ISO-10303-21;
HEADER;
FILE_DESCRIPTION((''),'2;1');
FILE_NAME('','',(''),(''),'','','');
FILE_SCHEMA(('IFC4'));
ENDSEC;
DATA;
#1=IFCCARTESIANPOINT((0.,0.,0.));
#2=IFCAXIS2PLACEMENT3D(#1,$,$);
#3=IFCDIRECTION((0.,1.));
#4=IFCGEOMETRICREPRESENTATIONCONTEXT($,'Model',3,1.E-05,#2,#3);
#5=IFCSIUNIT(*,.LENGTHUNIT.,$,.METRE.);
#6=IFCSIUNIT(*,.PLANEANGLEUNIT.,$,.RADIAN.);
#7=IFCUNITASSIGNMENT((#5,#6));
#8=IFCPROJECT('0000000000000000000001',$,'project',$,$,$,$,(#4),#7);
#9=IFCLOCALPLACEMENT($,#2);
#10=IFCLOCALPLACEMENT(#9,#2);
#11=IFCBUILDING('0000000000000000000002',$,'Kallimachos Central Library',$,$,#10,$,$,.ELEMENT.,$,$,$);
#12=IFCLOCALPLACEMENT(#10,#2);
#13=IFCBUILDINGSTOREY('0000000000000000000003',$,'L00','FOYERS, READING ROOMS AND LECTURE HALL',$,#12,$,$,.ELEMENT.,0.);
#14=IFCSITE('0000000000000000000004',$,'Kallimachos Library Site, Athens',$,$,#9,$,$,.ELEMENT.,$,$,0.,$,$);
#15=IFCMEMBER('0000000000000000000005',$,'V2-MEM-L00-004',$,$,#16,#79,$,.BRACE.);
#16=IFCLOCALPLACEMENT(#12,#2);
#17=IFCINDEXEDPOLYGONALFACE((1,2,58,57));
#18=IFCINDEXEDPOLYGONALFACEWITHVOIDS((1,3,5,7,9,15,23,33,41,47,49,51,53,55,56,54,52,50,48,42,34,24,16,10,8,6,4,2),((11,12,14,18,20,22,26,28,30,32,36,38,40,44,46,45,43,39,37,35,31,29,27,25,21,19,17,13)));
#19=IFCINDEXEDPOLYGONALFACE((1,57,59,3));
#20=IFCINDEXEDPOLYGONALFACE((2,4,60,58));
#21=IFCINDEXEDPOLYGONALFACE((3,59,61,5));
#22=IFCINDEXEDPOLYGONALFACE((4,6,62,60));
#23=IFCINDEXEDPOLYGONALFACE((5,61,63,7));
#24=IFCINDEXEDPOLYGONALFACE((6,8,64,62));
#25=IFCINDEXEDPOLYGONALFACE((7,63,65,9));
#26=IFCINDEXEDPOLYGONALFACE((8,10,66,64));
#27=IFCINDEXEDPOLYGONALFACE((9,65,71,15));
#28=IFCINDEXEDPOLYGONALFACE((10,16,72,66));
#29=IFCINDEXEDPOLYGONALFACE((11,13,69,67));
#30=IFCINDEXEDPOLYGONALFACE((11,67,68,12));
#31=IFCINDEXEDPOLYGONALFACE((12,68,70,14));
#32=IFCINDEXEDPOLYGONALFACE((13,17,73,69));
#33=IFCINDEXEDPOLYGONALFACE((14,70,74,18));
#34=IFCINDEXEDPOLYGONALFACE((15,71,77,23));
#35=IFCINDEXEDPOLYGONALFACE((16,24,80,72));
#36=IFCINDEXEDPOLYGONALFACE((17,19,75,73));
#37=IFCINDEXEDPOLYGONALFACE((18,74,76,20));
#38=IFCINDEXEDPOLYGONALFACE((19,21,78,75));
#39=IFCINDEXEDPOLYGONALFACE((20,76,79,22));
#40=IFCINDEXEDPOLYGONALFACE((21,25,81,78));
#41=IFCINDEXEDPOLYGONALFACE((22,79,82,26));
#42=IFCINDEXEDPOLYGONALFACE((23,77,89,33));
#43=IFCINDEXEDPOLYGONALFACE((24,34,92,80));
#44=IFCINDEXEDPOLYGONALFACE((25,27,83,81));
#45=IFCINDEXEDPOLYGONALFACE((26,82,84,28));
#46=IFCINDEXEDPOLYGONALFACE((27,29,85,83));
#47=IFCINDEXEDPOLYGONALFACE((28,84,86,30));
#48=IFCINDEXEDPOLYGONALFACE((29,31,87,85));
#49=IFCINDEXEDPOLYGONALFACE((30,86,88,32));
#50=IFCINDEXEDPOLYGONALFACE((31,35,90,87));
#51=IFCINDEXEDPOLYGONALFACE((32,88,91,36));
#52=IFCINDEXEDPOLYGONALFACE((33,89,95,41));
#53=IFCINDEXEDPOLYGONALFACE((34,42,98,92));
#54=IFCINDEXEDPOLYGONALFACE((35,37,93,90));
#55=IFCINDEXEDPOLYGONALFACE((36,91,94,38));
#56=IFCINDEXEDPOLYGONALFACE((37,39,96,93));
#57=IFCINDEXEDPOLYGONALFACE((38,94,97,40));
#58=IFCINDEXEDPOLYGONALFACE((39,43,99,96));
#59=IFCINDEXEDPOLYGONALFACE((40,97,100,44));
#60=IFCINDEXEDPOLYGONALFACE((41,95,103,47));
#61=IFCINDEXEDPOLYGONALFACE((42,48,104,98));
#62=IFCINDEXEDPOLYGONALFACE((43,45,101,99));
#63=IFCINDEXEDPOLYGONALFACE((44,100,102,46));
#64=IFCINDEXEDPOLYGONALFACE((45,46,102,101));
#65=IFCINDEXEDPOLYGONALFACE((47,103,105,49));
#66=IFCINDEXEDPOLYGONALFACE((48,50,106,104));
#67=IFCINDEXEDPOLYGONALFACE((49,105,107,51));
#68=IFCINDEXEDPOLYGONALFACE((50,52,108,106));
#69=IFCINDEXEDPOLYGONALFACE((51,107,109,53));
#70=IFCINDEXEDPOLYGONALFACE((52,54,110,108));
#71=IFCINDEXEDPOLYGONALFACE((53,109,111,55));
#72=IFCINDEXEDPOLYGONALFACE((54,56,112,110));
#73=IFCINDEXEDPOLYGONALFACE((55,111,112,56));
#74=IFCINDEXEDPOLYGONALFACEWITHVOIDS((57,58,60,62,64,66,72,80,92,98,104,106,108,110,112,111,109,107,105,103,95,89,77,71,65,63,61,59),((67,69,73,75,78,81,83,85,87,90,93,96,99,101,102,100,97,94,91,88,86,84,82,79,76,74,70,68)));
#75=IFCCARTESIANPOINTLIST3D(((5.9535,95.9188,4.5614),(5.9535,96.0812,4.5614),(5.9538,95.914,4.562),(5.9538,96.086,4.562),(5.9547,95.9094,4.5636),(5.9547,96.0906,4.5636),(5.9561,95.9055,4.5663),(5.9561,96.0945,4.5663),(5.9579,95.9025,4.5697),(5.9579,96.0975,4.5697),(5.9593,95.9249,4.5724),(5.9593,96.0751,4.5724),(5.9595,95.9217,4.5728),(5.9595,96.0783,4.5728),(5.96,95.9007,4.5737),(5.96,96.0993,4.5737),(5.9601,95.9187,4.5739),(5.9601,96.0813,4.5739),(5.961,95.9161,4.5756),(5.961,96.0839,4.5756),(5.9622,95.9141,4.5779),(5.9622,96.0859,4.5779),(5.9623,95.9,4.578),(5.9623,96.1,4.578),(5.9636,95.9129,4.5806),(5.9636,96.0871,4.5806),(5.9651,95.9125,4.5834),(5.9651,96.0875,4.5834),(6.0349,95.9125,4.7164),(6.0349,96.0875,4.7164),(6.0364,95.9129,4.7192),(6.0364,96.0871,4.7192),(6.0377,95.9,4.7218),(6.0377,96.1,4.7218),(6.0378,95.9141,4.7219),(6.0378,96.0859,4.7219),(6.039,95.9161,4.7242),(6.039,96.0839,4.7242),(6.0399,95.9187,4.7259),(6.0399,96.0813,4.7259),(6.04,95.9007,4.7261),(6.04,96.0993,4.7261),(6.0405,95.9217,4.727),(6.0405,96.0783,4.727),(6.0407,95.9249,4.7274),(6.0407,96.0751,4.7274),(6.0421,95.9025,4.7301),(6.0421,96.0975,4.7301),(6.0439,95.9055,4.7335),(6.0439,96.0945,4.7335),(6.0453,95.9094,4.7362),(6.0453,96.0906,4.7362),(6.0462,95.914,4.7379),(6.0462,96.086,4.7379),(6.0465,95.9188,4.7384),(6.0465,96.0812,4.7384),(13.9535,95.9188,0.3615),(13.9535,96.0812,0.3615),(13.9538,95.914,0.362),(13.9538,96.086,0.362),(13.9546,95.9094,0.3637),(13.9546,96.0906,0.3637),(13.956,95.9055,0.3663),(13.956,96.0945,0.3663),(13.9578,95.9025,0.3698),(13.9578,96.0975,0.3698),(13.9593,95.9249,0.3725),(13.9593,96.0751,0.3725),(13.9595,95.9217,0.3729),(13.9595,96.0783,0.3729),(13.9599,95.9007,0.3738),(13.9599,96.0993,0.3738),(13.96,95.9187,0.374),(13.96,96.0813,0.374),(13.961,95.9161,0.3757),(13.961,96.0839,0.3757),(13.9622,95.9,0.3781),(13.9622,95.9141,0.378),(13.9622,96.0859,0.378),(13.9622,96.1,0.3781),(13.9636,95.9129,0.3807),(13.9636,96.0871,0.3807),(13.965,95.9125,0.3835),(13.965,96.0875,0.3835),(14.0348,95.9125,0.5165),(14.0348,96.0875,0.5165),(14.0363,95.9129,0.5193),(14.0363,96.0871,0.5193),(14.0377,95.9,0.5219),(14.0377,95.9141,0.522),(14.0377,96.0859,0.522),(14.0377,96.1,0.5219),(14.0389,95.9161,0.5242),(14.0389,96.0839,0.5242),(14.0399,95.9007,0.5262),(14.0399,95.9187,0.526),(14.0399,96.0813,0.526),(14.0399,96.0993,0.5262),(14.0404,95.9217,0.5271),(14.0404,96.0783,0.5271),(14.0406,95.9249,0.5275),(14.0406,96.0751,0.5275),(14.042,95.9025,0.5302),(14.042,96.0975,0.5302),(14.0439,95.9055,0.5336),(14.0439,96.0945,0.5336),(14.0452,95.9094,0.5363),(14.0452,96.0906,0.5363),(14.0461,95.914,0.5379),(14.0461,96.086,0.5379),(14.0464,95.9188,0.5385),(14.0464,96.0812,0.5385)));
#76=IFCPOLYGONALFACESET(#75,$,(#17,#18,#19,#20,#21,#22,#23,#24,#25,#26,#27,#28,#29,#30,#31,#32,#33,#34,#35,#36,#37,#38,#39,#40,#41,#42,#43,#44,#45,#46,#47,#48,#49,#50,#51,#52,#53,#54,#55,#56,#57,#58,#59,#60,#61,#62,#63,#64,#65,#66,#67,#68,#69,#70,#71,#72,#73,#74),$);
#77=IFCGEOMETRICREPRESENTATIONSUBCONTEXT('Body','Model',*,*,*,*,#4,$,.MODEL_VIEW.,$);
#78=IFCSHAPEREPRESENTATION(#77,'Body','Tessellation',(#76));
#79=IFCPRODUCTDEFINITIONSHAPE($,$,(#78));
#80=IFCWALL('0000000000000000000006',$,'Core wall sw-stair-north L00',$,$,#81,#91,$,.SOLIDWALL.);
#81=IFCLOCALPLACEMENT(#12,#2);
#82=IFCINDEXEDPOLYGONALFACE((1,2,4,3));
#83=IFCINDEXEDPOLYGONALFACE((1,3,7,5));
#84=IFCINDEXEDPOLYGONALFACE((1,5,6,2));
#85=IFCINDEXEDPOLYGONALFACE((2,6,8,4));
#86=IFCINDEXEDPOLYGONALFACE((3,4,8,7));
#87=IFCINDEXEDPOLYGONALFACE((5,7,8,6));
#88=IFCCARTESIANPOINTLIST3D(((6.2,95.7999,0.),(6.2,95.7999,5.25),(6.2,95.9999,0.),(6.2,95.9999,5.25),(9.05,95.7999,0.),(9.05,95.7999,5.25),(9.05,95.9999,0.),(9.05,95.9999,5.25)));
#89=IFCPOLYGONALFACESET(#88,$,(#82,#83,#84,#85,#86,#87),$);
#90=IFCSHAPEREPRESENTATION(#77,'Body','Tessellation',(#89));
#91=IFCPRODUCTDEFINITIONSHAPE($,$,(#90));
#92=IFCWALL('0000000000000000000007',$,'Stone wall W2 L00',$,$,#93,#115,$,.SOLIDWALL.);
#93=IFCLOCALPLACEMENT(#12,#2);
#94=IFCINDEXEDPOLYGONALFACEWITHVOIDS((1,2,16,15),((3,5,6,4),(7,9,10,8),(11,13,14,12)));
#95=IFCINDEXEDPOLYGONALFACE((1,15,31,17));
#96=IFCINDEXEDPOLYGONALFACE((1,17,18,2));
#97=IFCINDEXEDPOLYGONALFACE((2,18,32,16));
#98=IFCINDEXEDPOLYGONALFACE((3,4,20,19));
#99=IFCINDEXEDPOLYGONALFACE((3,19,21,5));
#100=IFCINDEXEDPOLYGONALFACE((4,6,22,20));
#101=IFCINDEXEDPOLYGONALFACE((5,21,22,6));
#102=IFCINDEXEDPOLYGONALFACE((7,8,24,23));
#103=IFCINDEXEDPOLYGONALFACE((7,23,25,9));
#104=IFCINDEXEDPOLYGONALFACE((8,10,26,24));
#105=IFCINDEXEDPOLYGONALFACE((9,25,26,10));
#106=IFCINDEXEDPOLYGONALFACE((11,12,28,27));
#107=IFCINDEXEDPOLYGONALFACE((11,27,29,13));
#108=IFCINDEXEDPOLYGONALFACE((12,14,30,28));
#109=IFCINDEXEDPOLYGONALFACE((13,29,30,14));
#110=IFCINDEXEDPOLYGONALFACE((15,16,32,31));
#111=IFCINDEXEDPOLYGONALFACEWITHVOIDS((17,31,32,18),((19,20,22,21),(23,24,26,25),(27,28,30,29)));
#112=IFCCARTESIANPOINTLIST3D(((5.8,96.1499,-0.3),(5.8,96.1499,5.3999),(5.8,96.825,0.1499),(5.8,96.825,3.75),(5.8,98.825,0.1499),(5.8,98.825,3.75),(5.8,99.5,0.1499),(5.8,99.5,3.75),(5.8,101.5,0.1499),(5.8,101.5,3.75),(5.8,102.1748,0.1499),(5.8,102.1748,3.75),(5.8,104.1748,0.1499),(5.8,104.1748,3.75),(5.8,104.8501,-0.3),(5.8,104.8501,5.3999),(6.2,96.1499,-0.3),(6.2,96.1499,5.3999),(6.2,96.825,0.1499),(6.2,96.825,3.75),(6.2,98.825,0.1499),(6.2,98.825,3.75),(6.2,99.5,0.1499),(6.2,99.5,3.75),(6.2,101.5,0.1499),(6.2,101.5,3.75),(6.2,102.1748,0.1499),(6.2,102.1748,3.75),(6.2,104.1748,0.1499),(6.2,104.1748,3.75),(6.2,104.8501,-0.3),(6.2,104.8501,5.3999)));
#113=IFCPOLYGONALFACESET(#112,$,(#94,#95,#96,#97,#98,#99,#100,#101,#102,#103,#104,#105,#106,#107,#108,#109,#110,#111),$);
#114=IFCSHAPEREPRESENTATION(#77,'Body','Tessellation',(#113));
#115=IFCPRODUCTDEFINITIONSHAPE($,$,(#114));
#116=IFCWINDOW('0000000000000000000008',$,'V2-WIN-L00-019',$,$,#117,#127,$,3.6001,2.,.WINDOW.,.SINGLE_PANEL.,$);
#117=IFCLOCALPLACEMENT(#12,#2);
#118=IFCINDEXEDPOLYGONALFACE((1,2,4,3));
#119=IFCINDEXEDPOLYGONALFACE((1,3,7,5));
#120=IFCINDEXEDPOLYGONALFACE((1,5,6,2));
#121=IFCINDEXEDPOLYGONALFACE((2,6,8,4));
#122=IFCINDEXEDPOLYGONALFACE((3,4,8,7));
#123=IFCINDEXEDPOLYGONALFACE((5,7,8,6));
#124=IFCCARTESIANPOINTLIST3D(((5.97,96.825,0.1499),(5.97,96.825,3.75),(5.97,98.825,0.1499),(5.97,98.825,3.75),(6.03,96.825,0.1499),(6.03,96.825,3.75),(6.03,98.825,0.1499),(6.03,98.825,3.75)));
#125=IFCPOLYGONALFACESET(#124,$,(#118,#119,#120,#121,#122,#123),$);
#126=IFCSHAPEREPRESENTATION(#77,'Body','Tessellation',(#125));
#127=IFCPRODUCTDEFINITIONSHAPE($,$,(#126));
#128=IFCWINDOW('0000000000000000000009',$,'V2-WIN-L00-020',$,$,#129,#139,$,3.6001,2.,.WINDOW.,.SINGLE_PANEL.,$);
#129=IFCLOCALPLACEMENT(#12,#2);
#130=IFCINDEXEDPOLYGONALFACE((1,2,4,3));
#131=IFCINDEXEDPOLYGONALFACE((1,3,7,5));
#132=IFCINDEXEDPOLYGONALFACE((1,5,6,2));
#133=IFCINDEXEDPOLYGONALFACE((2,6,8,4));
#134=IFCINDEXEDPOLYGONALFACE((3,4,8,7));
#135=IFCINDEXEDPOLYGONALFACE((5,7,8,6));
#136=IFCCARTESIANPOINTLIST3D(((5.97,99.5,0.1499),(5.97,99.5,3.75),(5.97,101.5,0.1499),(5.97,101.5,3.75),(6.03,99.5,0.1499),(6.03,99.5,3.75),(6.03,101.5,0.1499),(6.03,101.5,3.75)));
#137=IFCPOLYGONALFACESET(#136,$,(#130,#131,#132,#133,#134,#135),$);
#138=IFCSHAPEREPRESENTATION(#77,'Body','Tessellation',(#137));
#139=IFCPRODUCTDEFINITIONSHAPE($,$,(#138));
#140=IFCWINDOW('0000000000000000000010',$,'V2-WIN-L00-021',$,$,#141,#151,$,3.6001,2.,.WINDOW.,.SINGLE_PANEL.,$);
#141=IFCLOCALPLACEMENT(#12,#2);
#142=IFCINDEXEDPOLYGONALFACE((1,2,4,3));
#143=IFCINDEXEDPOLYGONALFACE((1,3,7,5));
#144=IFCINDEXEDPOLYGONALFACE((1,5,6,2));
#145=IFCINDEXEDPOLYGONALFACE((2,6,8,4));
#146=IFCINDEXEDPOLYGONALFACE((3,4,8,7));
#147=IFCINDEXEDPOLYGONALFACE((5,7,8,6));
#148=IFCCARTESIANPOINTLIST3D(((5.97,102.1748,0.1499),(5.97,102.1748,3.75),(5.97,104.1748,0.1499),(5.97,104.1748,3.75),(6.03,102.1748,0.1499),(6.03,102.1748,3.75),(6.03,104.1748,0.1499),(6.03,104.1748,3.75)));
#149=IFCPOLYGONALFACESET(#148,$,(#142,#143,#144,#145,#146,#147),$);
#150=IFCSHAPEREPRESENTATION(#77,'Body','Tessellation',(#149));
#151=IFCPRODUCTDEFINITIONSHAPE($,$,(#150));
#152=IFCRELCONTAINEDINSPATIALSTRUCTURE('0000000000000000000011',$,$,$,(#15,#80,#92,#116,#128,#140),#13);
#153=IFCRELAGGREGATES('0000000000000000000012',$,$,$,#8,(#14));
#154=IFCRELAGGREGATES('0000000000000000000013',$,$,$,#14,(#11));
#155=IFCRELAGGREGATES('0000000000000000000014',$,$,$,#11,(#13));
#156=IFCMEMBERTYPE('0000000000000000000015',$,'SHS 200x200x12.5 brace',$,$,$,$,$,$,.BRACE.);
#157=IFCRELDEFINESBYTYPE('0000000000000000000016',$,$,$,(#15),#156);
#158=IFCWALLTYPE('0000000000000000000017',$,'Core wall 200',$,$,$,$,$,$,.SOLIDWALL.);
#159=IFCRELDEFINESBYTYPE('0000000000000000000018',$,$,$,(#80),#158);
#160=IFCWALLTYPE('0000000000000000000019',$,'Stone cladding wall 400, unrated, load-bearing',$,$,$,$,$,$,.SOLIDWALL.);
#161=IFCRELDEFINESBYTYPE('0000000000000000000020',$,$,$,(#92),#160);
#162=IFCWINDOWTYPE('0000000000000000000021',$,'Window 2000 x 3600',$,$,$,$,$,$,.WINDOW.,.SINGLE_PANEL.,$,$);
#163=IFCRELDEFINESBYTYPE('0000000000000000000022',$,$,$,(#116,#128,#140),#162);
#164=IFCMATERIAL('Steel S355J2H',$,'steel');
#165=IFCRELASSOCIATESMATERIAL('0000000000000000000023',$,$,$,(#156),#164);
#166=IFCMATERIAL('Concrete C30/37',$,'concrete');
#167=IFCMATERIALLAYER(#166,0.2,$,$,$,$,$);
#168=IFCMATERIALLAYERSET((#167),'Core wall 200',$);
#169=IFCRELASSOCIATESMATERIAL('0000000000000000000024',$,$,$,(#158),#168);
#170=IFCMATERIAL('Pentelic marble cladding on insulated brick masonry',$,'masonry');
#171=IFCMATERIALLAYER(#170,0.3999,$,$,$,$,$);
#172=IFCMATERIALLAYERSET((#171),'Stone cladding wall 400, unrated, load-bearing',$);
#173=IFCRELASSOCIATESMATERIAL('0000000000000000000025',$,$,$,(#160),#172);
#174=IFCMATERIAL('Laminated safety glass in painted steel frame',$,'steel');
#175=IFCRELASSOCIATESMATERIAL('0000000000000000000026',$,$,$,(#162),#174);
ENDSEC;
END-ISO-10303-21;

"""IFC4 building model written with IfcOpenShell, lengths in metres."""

from ifc_helpers import new_model, si_unit, direction, frame, frame_2d, origin, origin_2d, place, context, subcontext, project, spatial, rectangle, hollow_rectangle, extrude, material, layer, layer_set, material_profile, profile_set, type_object, element, fill, save


model = new_model("IFC4")

# Units and contexts
model_context = context("Model", 3, precision=1e-05, world=origin(), true_north=direction((0.0, 1.0)))
body_context = subcontext(model_context, "Body", "Model", "MODEL_VIEW")
ifc_project = project(units=[si_unit("LENGTHUNIT", "METRE"), si_unit("PLANEANGLEUNIT", "RADIAN")], contexts=[model_context])

# Site, building, storey
site_placement = place(None, origin())
site = spatial("IfcSite", under=ifc_project, at=site_placement, Name="Kallimachos Library Site, Athens", CompositionType="ELEMENT", RefElevation=0.0)
building_placement = place(site_placement, origin())
building = spatial("IfcBuilding", under=site, at=building_placement, Name="Kallimachos Central Library", CompositionType="ELEMENT")
storey_placement = place(building_placement, origin())
storey = spatial("IfcBuildingStorey", under=building, at=storey_placement, Name="L00", Description="FOYERS, READING ROOMS AND LECTURE HALL", CompositionType="ELEMENT", Elevation=0.0)

# Member
ifc_material_1 = material(Name="Steel S355J2H", Category="steel")
ifc_material_profile_1 = material_profile(ifc_material_1, hollow_rectangle(XDim=0.2, YDim=0.2, WallThickness=0.0125, InnerFilletRadius=0.0125, OuterFilletRadius=0.0188, at=origin_2d()), Name="SHS 200x200x12.5")
ifc_profile_set_1 = profile_set([ifc_material_profile_1], Name="Steel S355J2H")
member_type = type_object("IfcMemberType", Name="SHS 200x200x12.5 brace", PredefinedType="BRACE", material=ifc_profile_set_1)
for number, where, z_axis, x_axis, name in (
    (1, (6.0, 96.0, 4.6499), (0.8854, 0.0, -0.46483), (0.0, 1.0, 0.0), "V2-MEM-L00-004"),
):
    element("IfcMember", number, at=place(storey_placement, frame(where, z_axis=z_axis, x_axis=x_axis)), inside=storey, type_object=member_type, Name=name, PredefinedType="BRACE", context=body_context, shape_type="SweptSolid", body=[
        extrude(hollow_rectangle(XDim=0.2, YDim=0.2, WallThickness=0.0125, InnerFilletRadius=0.0125, OuterFilletRadius=0.0188, at=origin_2d()), origin(), (0.0, 0.0, 1.0), 9.0354),
    ])

# Wall
ifc_material_2 = material(Name="Concrete C30/37", Category="concrete")
ifc_layer_1 = layer(ifc_material_2, 0.2)
ifc_layer_set_1 = layer_set([ifc_layer_1], Name="Core wall 200")
wall_type_1 = type_object("IfcWallType", Name="Core wall 200", PredefinedType="SOLIDWALL", material=ifc_layer_set_1)
wall_1_placement = place(storey_placement, frame((6.2, 95.8999, 0.0), z_axis=(0.0, 0.0, 1.0), x_axis=(1.0, 0.0, 0.0)))
element("IfcWall", 2, at=wall_1_placement, inside=storey, type_object=wall_type_1, Name="Core wall sw-stair-north L00", PredefinedType="SOLIDWALL", context=body_context, shape_type="SweptSolid", body=[
    extrude(rectangle(XDim=2.8501, YDim=0.2, at=frame_2d((1.425, 0.0))), origin(), (0.0, 0.0, 1.0), 5.25),
])

# Wall, openings, windows
ifc_material_3 = material(Name="Pentelic marble cladding on insulated brick masonry", Category="masonry")
ifc_layer_2 = layer(ifc_material_3, 0.3999)
ifc_layer_set_2 = layer_set([ifc_layer_2], Name="Stone cladding wall 400, unrated, load-bearing")
wall_type_2 = type_object("IfcWallType", Name="Stone cladding wall 400, unrated, load-bearing", PredefinedType="SOLIDWALL", material=ifc_layer_set_2)
wall_2_placement = place(storey_placement, frame((6.0, 96.1499, -0.3), z_axis=(0.0, 0.0, 1.0), x_axis=(0.0, 1.0, 0.0)))
wall_2 = element("IfcWall", 3, at=wall_2_placement, inside=storey, type_object=wall_type_2, Name="Stone wall W2 L00", PredefinedType="SOLIDWALL", context=body_context, shape_type="SweptSolid", body=[
    extrude(rectangle(XDim=8.7002, YDim=0.3999, at=frame_2d((4.3501, 0.0))), origin(), (0.0, 0.0, 1.0), 5.7),
])
opening_1_placement = place(wall_2_placement, frame((0.675, 0.0, 0.45)))
opening_1 = element("IfcOpeningElement", 4, at=opening_1_placement, cuts=wall_2, PredefinedType="OPENING", context=body_context, shape_type="SweptSolid", body=[
    extrude(rectangle(XDim=2.0, YDim=3.6001, at=frame_2d((1.0, 1.8))), frame((0.0, 0.21, 0.0), z_axis=(0.0, -1.0, 0.0), x_axis=(1.0, 0.0, 0.0)), (0.0, 0.0, 1.0), 0.4199),
])
opening_2_placement = place(wall_2_placement, frame((3.3501, 0.0, 0.45)))
opening_2 = element("IfcOpeningElement", 5, at=opening_2_placement, cuts=wall_2, PredefinedType="OPENING", context=body_context, shape_type="SweptSolid", body=[
    extrude(rectangle(XDim=2.0, YDim=3.6001, at=frame_2d((1.0, 1.8))), frame((0.0, 0.21, 0.0), z_axis=(0.0, -1.0, 0.0), x_axis=(1.0, 0.0, 0.0)), (0.0, 0.0, 1.0), 0.4199),
])
opening_3_placement = place(wall_2_placement, frame((6.0249, 0.0, 0.45)))
opening_3 = element("IfcOpeningElement", 6, at=opening_3_placement, cuts=wall_2, PredefinedType="OPENING", context=body_context, shape_type="SweptSolid", body=[
    extrude(rectangle(XDim=2.0, YDim=3.6001, at=frame_2d((1.0, 1.8))), frame((0.0, 0.21, 0.0), z_axis=(0.0, -1.0, 0.0), x_axis=(1.0, 0.0, 0.0)), (0.0, 0.0, 1.0), 0.4199),
])
ifc_material_4 = material(Name="Laminated safety glass in painted steel frame", Category="steel")
window_type = type_object("IfcWindowType", Name="Window 2000 x 3600", PartitioningType="SINGLE_PANEL", PredefinedType="WINDOW", material=ifc_material_4)
window_1_placement = place(opening_1_placement, origin())
window_1 = element("IfcWindow", 7, at=window_1_placement, inside=storey, type_object=window_type, Name="V2-WIN-L00-019", OverallHeight=3.6001, OverallWidth=2.0, PartitioningType="SINGLE_PANEL", PredefinedType="WINDOW", context=body_context, shape_type="SweptSolid", body=[
    extrude(rectangle(XDim=2.0, YDim=3.6001, at=frame_2d((1.0, 1.8))), frame((0.0, 0.03, 0.0), z_axis=(0.0, -1.0, 0.0), x_axis=(1.0, 0.0, 0.0)), (0.0, 0.0, 1.0), 0.0601),
])
fill(opening_1, window_1)
window_2_placement = place(opening_2_placement, origin())
window_2 = element("IfcWindow", 8, at=window_2_placement, inside=storey, type_object=window_type, Name="V2-WIN-L00-020", OverallHeight=3.6001, OverallWidth=2.0, PartitioningType="SINGLE_PANEL", PredefinedType="WINDOW", context=body_context, shape_type="SweptSolid", body=[
    extrude(rectangle(XDim=2.0, YDim=3.6001, at=frame_2d((1.0, 1.8))), frame((0.0, 0.03, 0.0), z_axis=(0.0, -1.0, 0.0), x_axis=(1.0, 0.0, 0.0)), (0.0, 0.0, 1.0), 0.0601),
])
fill(opening_2, window_2)
window_3_placement = place(opening_3_placement, origin())
window_3 = element("IfcWindow", 9, at=window_3_placement, inside=storey, type_object=window_type, Name="V2-WIN-L00-021", OverallHeight=3.6001, OverallWidth=2.0, PartitioningType="SINGLE_PANEL", PredefinedType="WINDOW", context=body_context, shape_type="SweptSolid", body=[
    extrude(rectangle(XDim=2.0, YDim=3.6001, at=frame_2d((1.0, 1.8))), frame((0.0, 0.03, 0.0), z_axis=(0.0, -1.0, 0.0), x_axis=(1.0, 0.0, 0.0)), (0.0, 0.0, 1.0), 0.0601),
])
fill(opening_3, window_3)

save(model, "model.ifc")
